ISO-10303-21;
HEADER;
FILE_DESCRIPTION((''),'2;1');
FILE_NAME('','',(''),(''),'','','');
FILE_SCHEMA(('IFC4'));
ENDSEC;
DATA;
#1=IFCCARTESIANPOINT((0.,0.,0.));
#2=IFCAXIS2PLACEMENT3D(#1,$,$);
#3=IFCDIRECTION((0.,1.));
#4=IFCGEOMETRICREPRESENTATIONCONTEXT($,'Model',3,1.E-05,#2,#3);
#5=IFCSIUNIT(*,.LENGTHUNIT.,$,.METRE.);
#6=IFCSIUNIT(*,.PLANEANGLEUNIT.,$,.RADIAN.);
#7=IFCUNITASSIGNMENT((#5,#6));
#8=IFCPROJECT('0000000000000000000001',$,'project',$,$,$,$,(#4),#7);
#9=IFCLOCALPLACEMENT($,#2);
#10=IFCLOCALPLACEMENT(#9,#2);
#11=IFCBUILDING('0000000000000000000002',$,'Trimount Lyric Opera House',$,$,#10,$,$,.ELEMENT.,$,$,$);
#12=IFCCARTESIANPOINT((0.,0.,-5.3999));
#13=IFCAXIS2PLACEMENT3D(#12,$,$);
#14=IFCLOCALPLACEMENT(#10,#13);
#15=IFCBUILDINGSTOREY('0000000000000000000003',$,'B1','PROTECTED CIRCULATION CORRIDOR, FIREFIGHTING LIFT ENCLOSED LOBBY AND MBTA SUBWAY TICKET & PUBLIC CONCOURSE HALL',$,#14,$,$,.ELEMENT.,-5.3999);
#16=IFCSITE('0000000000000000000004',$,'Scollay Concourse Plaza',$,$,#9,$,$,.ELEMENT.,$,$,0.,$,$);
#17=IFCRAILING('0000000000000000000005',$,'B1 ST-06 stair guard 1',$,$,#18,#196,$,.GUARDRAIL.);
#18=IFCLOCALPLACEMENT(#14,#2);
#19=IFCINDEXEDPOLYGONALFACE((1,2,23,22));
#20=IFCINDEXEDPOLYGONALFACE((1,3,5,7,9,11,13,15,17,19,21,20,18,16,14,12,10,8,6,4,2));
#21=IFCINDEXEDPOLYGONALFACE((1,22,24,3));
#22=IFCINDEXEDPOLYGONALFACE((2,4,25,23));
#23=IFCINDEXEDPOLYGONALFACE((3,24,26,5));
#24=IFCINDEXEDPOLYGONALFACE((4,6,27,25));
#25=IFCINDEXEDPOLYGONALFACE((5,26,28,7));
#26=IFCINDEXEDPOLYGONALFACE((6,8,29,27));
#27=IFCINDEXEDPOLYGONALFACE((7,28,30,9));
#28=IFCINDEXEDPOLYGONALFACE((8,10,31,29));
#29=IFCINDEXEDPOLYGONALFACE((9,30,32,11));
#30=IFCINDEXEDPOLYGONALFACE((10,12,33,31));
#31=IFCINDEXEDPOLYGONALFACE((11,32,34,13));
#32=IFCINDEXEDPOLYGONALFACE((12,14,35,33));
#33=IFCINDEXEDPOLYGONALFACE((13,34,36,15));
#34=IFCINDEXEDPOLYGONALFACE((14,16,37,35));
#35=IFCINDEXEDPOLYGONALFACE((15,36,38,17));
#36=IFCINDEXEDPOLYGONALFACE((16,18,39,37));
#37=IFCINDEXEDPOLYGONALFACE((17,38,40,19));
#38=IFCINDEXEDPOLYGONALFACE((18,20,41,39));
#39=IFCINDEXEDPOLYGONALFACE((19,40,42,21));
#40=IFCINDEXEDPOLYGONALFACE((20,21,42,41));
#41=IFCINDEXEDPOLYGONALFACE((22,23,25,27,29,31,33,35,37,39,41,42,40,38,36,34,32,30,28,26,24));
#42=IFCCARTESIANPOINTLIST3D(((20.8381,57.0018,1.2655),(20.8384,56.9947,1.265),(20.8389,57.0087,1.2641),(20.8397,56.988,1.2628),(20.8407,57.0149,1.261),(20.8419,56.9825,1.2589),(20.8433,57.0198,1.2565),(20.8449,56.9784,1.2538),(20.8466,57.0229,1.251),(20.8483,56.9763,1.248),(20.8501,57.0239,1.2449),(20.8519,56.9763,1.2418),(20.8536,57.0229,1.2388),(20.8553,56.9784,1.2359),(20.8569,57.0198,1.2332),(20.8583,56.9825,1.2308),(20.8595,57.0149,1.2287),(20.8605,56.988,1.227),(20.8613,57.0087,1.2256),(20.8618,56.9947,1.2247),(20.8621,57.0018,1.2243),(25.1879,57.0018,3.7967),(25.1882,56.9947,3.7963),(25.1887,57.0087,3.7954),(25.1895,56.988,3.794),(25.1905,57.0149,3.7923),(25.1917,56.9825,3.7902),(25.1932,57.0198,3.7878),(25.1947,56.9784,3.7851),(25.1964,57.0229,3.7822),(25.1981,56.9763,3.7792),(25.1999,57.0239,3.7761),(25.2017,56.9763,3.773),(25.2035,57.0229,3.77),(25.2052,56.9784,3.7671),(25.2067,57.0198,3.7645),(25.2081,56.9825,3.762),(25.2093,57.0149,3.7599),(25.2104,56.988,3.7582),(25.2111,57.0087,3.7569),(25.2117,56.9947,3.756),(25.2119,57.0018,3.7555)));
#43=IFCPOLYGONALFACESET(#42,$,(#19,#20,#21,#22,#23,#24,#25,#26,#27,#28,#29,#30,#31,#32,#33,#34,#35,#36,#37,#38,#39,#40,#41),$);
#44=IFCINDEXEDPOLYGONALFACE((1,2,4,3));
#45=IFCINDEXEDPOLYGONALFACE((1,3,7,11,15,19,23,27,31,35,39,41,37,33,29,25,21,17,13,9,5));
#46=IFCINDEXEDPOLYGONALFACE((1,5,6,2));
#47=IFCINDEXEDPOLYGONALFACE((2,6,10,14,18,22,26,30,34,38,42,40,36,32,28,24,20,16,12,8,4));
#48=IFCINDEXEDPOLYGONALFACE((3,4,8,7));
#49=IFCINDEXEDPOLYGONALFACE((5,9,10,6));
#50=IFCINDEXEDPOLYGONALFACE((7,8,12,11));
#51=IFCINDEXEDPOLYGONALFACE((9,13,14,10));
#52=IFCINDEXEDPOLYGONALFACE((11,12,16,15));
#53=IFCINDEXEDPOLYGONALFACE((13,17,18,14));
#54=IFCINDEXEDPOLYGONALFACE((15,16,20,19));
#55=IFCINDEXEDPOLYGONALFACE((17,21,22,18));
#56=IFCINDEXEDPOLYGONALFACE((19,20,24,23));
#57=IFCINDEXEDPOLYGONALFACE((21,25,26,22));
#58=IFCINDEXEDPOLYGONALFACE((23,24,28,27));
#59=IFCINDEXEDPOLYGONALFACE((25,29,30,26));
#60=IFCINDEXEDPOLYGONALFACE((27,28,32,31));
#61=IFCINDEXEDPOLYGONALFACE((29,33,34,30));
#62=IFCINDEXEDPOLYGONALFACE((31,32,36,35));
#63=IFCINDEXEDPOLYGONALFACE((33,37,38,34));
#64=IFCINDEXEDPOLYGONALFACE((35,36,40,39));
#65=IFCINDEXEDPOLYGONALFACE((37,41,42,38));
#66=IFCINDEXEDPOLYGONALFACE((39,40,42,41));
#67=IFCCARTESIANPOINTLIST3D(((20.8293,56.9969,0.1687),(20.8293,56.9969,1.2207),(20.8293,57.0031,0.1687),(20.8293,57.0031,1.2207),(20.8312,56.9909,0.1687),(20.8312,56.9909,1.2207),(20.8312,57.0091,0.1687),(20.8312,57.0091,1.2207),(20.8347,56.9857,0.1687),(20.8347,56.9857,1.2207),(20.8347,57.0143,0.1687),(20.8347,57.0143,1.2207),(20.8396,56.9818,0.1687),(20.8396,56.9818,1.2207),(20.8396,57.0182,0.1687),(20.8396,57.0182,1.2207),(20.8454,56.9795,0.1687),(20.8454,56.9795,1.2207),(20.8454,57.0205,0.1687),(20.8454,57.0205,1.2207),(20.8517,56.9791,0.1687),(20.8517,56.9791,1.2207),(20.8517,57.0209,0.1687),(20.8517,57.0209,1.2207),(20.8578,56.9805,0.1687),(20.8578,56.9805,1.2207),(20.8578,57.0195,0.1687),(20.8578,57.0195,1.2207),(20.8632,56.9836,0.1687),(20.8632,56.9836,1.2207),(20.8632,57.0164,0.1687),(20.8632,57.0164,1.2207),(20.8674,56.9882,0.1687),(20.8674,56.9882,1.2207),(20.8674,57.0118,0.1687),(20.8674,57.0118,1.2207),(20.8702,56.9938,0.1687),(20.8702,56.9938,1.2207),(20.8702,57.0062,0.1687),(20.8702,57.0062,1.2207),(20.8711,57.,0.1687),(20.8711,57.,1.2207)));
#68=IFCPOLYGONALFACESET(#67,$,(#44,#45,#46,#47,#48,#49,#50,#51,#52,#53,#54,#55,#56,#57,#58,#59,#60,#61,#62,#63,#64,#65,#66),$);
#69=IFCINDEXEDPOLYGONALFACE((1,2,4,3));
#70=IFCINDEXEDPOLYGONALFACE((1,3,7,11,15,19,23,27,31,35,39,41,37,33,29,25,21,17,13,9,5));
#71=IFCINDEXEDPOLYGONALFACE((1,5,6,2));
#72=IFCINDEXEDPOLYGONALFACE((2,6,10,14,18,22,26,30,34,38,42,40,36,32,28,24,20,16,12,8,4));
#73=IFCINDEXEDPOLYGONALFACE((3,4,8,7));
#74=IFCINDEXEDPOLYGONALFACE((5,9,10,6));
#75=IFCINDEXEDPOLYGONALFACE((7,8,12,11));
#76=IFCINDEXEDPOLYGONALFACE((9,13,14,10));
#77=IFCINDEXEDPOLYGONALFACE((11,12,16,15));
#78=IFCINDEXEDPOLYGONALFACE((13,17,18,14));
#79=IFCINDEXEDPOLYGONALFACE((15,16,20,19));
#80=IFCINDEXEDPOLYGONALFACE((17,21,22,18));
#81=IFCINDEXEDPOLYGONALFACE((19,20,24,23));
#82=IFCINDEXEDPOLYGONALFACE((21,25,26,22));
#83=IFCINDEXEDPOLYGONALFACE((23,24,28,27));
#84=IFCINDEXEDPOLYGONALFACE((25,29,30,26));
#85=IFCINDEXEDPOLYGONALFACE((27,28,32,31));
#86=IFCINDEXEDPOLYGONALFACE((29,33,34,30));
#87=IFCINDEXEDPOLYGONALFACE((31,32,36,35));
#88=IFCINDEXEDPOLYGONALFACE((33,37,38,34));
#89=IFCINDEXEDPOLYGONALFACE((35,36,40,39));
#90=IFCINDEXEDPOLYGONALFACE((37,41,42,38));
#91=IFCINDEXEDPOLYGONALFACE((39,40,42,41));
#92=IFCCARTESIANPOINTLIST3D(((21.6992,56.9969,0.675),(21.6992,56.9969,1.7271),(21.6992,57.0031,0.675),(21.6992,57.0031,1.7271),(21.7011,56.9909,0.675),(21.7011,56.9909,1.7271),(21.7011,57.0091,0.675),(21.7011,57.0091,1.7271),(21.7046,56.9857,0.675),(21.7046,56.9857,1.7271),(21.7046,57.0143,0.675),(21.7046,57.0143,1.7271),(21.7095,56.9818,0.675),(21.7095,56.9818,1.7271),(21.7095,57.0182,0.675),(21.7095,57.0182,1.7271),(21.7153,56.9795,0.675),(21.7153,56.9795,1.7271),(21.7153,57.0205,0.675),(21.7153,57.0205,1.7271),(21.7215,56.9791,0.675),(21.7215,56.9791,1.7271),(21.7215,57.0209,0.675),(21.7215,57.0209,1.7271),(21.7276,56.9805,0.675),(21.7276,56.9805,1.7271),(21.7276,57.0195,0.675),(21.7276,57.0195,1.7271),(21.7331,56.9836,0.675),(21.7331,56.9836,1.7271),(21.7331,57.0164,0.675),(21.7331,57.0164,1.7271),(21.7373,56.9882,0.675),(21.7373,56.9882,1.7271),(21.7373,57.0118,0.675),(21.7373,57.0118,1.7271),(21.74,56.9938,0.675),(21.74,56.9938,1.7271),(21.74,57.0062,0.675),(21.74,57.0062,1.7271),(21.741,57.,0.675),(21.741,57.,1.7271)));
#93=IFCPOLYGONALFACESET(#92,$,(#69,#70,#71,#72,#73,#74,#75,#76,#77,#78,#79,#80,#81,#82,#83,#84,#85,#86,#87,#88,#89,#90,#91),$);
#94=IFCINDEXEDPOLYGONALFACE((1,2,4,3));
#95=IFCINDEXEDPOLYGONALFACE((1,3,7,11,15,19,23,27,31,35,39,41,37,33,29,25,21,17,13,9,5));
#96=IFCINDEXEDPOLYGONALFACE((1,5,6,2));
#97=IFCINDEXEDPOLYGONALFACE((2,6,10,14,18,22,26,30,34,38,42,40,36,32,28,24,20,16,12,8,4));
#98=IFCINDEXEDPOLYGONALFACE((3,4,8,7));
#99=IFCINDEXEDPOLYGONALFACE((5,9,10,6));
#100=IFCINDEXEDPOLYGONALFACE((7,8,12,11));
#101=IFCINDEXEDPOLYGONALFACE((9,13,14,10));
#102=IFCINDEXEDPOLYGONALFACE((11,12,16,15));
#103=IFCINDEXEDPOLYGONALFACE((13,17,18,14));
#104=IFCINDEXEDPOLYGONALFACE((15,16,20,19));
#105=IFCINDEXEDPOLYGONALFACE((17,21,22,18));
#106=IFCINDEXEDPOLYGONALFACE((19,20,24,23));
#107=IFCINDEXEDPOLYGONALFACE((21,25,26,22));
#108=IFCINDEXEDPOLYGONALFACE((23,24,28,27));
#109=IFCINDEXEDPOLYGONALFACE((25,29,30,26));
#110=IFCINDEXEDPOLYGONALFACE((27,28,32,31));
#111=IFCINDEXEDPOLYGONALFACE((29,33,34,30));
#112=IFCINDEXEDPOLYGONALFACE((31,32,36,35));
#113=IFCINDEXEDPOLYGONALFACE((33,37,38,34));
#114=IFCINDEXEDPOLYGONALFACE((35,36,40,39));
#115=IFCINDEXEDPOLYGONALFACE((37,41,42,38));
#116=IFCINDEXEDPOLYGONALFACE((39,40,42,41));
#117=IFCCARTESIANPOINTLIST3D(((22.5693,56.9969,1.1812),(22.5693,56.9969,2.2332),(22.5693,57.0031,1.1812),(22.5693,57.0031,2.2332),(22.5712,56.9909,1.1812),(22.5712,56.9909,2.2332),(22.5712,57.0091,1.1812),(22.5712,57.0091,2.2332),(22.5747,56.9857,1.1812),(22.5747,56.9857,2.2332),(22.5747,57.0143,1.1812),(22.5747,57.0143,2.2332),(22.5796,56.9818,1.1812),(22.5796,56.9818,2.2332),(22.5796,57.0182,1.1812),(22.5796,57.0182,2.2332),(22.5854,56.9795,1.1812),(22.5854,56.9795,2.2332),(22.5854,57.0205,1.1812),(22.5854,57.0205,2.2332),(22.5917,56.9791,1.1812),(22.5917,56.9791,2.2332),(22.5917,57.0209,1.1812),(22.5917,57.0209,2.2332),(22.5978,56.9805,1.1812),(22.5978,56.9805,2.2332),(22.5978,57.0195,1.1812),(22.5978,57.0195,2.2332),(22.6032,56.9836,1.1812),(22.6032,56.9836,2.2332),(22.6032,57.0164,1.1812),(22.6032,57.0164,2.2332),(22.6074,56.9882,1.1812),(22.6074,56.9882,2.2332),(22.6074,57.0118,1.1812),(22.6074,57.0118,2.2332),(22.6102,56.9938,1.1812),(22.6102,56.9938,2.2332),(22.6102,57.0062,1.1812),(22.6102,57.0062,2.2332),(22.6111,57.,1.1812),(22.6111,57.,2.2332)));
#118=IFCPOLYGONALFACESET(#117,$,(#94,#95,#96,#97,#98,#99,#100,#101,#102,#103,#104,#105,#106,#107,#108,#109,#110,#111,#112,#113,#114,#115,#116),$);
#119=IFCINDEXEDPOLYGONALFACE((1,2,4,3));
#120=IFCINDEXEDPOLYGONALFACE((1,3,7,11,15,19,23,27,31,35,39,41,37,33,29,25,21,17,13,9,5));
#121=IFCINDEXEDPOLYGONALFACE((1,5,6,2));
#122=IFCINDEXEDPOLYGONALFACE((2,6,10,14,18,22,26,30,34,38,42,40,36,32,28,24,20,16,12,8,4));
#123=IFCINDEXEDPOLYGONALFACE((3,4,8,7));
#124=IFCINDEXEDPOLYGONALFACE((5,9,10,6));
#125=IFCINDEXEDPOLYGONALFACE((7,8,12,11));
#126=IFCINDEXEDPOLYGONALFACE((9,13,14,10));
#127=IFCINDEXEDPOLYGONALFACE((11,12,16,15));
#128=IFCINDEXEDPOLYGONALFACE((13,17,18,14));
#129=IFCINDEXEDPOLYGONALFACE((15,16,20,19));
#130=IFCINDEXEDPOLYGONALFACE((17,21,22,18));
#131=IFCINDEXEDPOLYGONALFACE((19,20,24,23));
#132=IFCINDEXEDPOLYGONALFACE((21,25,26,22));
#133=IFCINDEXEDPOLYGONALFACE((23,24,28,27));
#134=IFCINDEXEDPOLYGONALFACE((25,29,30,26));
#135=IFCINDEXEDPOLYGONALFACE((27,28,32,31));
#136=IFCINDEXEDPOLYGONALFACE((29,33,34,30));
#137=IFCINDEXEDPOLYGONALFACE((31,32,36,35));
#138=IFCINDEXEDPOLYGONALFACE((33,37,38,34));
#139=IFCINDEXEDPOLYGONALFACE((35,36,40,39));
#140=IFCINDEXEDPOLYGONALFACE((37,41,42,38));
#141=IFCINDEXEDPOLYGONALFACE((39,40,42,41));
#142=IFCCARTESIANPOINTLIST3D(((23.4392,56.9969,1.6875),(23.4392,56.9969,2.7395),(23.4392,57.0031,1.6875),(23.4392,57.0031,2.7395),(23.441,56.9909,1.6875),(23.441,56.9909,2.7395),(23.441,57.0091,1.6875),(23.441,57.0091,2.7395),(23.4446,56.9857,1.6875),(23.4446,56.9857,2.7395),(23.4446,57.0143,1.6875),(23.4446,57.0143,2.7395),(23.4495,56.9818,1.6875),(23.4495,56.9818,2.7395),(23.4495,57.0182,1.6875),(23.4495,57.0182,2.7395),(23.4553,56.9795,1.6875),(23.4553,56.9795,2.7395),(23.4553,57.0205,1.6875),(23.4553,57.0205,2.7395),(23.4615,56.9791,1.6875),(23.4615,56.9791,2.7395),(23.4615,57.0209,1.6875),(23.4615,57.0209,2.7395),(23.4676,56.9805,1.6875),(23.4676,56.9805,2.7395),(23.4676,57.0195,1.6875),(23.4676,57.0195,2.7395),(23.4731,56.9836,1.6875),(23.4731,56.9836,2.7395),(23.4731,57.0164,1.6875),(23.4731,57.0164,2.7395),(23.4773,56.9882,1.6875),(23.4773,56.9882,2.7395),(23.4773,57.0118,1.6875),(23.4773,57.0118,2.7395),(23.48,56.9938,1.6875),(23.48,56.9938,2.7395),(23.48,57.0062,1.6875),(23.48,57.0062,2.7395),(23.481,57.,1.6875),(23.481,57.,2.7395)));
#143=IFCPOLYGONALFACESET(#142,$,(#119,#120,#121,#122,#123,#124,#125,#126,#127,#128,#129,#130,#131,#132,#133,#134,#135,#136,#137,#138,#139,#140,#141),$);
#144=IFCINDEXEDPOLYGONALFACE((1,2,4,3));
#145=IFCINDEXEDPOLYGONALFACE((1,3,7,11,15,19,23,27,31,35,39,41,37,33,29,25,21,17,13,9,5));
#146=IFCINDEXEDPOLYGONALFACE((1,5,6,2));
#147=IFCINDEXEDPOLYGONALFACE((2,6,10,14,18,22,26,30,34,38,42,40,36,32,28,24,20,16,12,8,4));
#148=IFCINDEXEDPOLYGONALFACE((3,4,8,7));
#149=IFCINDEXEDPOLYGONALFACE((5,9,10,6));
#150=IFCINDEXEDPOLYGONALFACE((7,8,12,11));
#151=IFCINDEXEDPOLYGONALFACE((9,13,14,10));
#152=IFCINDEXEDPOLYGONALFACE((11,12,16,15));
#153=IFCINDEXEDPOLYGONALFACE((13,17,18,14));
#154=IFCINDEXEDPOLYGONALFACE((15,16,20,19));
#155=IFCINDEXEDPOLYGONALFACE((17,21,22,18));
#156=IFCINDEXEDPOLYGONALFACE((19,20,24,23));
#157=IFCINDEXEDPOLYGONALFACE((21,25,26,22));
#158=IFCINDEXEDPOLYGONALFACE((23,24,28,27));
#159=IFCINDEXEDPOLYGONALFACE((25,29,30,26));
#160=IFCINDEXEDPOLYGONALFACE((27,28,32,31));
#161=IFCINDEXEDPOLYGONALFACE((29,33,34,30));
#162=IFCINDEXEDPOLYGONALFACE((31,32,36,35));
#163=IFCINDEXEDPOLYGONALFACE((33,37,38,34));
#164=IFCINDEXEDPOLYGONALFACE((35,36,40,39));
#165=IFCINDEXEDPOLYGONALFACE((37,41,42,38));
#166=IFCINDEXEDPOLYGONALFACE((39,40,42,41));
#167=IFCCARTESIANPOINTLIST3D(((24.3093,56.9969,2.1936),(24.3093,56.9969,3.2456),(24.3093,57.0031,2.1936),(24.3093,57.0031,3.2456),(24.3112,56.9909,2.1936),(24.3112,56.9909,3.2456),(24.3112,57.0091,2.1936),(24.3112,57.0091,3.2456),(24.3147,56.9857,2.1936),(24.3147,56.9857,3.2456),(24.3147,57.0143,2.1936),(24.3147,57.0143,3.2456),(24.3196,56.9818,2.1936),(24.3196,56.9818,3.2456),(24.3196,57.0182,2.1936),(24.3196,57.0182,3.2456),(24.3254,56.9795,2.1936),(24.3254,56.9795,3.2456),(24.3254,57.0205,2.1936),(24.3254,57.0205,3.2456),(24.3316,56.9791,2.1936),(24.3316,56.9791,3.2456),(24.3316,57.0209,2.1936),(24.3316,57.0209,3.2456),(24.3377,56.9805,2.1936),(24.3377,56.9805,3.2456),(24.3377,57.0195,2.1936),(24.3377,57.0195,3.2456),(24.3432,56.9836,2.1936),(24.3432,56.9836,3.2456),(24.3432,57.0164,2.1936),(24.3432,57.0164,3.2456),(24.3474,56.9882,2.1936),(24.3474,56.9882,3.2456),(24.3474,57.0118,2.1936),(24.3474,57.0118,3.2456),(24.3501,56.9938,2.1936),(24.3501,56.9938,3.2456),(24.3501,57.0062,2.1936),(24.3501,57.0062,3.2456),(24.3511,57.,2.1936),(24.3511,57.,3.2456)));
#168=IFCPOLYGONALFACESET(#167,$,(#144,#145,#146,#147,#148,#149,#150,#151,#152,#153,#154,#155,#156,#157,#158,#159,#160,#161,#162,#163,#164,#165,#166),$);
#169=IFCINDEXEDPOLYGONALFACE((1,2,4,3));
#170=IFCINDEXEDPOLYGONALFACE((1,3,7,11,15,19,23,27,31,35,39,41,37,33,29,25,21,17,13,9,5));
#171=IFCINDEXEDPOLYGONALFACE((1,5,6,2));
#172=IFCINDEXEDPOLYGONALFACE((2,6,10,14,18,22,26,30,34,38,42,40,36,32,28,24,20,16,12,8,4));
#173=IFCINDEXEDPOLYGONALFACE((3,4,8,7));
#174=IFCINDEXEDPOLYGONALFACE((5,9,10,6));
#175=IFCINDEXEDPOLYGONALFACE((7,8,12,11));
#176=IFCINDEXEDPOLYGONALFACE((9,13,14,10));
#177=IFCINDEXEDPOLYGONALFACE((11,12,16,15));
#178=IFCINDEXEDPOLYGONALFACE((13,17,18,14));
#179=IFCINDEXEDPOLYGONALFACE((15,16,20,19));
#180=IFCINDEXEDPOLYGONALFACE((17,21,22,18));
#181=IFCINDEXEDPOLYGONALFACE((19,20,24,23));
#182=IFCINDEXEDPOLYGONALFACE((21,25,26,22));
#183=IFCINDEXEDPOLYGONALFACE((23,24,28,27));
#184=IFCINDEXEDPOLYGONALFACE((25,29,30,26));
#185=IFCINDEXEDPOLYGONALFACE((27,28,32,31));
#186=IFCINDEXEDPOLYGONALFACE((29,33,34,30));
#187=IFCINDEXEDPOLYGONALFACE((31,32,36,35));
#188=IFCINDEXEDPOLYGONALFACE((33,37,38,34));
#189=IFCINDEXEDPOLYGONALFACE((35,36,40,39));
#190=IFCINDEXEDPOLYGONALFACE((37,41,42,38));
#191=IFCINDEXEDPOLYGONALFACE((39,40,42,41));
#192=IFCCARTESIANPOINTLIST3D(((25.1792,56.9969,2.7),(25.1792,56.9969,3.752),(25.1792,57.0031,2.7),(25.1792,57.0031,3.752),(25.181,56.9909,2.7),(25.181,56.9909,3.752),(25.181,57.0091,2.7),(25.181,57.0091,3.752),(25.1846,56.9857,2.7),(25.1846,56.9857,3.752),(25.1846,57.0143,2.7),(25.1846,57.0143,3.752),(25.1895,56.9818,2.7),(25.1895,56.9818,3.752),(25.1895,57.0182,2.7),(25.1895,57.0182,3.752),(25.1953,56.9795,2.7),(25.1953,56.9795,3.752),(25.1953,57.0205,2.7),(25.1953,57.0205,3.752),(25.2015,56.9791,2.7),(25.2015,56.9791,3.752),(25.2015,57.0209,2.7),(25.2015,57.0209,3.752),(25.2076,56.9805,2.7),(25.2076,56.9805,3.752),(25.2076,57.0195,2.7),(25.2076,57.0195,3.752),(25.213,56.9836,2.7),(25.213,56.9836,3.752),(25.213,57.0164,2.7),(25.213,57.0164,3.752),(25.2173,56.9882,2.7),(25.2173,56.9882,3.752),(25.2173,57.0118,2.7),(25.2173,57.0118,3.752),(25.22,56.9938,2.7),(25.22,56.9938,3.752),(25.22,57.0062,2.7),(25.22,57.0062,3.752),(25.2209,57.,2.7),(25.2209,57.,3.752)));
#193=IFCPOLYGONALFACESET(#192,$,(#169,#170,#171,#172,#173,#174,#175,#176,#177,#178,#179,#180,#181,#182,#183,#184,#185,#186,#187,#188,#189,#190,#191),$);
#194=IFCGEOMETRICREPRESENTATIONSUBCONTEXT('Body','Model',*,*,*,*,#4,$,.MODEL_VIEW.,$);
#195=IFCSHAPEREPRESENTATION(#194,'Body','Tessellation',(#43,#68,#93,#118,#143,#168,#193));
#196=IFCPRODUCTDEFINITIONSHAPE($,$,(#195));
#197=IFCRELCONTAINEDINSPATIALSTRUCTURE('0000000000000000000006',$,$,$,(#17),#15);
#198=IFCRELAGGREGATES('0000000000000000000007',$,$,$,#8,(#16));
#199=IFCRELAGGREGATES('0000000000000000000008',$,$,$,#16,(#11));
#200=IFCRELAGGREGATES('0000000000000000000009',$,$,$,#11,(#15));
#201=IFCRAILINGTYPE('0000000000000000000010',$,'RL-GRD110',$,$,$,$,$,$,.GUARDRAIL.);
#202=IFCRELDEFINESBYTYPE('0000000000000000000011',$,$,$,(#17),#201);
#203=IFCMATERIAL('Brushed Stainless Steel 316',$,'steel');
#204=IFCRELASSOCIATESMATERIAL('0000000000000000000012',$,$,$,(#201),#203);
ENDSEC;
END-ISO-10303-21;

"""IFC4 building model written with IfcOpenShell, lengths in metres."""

from ifc_helpers import new_model, si_unit, direction, frame, origin, origin_2d, place, context, subcontext, project, spatial, circle, extrude, material, type_object, element, save


model = new_model("IFC4")

# Units and contexts
model_context = context("Model", 3, precision=1e-05, world=origin(), true_north=direction((0.0, 1.0)))
body_context = subcontext(model_context, "Body", "Model", "MODEL_VIEW")
ifc_project = project(units=[si_unit("LENGTHUNIT", "METRE"), si_unit("PLANEANGLEUNIT", "RADIAN")], contexts=[model_context])

# Site, building, storey
site_placement = place(None, origin())
site = spatial("IfcSite", under=ifc_project, at=site_placement, Name="Scollay Concourse Plaza", CompositionType="ELEMENT", RefElevation=0.0)
building_placement = place(site_placement, origin())
building = spatial("IfcBuilding", under=site, at=building_placement, Name="Trimount Lyric Opera House", CompositionType="ELEMENT")
storey_placement = place(building_placement, frame((0.0, 0.0, -5.3999)))
storey = spatial("IfcBuildingStorey", under=building, at=storey_placement, Name="B1", Description="PROTECTED CIRCULATION CORRIDOR, FIREFIGHTING LIFT ENCLOSED LOBBY AND MBTA SUBWAY TICKET & PUBLIC CONCOURSE HALL", CompositionType="ELEMENT", Elevation=-5.3999)

# Railing
ifc_material_1 = material(Name="Brushed Stainless Steel 316", Category="steel")
railing_type_1 = type_object("IfcRailingType", Name="RL-GRD110", PredefinedType="GUARDRAIL", material=ifc_material_1)
railing_1_placement = place(storey_placement, frame((20.8501, 57.0, 0.1687)))
element("IfcRailing", 1, at=railing_1_placement, inside=storey, type_object=railing_type_1, Name="B1 ST-06 stair guard 1", PredefinedType="GUARDRAIL", context=body_context, shape_type="SweptSolid", body=[
    extrude(circle(Radius=0.0239, at=origin_2d()), frame((0.0, 0.0, 1.0762), z_axis=(0.864312, 0.0, 0.502957), x_axis=(0.0, 1.0, 0.0)), (0.0, 0.0, 1.0), 5.0327),
    extrude(circle(Radius=0.021, at=origin_2d()), origin(), (0.0, 0.0, 1.0), 1.052),
    extrude(circle(Radius=0.021, at=origin_2d()), frame((0.8699, 0.0, 0.5063)), (0.0, 0.0, 1.0), 1.052),
    extrude(circle(Radius=0.021, at=origin_2d()), frame((1.74, 0.0, 1.0125)), (0.0, 0.0, 1.0), 1.052),
    extrude(circle(Radius=0.021, at=origin_2d()), frame((2.6099, 0.0, 1.5188)), (0.0, 0.0, 1.0), 1.052),
    extrude(circle(Radius=0.021, at=origin_2d()), frame((3.48, 0.0, 2.0249)), (0.0, 0.0, 1.0), 1.052),
    extrude(circle(Radius=0.021, at=origin_2d()), frame((4.3499, 0.0, 2.5312)), (0.0, 0.0, 1.0), 1.052),
])

save(model, "model.ifc")
